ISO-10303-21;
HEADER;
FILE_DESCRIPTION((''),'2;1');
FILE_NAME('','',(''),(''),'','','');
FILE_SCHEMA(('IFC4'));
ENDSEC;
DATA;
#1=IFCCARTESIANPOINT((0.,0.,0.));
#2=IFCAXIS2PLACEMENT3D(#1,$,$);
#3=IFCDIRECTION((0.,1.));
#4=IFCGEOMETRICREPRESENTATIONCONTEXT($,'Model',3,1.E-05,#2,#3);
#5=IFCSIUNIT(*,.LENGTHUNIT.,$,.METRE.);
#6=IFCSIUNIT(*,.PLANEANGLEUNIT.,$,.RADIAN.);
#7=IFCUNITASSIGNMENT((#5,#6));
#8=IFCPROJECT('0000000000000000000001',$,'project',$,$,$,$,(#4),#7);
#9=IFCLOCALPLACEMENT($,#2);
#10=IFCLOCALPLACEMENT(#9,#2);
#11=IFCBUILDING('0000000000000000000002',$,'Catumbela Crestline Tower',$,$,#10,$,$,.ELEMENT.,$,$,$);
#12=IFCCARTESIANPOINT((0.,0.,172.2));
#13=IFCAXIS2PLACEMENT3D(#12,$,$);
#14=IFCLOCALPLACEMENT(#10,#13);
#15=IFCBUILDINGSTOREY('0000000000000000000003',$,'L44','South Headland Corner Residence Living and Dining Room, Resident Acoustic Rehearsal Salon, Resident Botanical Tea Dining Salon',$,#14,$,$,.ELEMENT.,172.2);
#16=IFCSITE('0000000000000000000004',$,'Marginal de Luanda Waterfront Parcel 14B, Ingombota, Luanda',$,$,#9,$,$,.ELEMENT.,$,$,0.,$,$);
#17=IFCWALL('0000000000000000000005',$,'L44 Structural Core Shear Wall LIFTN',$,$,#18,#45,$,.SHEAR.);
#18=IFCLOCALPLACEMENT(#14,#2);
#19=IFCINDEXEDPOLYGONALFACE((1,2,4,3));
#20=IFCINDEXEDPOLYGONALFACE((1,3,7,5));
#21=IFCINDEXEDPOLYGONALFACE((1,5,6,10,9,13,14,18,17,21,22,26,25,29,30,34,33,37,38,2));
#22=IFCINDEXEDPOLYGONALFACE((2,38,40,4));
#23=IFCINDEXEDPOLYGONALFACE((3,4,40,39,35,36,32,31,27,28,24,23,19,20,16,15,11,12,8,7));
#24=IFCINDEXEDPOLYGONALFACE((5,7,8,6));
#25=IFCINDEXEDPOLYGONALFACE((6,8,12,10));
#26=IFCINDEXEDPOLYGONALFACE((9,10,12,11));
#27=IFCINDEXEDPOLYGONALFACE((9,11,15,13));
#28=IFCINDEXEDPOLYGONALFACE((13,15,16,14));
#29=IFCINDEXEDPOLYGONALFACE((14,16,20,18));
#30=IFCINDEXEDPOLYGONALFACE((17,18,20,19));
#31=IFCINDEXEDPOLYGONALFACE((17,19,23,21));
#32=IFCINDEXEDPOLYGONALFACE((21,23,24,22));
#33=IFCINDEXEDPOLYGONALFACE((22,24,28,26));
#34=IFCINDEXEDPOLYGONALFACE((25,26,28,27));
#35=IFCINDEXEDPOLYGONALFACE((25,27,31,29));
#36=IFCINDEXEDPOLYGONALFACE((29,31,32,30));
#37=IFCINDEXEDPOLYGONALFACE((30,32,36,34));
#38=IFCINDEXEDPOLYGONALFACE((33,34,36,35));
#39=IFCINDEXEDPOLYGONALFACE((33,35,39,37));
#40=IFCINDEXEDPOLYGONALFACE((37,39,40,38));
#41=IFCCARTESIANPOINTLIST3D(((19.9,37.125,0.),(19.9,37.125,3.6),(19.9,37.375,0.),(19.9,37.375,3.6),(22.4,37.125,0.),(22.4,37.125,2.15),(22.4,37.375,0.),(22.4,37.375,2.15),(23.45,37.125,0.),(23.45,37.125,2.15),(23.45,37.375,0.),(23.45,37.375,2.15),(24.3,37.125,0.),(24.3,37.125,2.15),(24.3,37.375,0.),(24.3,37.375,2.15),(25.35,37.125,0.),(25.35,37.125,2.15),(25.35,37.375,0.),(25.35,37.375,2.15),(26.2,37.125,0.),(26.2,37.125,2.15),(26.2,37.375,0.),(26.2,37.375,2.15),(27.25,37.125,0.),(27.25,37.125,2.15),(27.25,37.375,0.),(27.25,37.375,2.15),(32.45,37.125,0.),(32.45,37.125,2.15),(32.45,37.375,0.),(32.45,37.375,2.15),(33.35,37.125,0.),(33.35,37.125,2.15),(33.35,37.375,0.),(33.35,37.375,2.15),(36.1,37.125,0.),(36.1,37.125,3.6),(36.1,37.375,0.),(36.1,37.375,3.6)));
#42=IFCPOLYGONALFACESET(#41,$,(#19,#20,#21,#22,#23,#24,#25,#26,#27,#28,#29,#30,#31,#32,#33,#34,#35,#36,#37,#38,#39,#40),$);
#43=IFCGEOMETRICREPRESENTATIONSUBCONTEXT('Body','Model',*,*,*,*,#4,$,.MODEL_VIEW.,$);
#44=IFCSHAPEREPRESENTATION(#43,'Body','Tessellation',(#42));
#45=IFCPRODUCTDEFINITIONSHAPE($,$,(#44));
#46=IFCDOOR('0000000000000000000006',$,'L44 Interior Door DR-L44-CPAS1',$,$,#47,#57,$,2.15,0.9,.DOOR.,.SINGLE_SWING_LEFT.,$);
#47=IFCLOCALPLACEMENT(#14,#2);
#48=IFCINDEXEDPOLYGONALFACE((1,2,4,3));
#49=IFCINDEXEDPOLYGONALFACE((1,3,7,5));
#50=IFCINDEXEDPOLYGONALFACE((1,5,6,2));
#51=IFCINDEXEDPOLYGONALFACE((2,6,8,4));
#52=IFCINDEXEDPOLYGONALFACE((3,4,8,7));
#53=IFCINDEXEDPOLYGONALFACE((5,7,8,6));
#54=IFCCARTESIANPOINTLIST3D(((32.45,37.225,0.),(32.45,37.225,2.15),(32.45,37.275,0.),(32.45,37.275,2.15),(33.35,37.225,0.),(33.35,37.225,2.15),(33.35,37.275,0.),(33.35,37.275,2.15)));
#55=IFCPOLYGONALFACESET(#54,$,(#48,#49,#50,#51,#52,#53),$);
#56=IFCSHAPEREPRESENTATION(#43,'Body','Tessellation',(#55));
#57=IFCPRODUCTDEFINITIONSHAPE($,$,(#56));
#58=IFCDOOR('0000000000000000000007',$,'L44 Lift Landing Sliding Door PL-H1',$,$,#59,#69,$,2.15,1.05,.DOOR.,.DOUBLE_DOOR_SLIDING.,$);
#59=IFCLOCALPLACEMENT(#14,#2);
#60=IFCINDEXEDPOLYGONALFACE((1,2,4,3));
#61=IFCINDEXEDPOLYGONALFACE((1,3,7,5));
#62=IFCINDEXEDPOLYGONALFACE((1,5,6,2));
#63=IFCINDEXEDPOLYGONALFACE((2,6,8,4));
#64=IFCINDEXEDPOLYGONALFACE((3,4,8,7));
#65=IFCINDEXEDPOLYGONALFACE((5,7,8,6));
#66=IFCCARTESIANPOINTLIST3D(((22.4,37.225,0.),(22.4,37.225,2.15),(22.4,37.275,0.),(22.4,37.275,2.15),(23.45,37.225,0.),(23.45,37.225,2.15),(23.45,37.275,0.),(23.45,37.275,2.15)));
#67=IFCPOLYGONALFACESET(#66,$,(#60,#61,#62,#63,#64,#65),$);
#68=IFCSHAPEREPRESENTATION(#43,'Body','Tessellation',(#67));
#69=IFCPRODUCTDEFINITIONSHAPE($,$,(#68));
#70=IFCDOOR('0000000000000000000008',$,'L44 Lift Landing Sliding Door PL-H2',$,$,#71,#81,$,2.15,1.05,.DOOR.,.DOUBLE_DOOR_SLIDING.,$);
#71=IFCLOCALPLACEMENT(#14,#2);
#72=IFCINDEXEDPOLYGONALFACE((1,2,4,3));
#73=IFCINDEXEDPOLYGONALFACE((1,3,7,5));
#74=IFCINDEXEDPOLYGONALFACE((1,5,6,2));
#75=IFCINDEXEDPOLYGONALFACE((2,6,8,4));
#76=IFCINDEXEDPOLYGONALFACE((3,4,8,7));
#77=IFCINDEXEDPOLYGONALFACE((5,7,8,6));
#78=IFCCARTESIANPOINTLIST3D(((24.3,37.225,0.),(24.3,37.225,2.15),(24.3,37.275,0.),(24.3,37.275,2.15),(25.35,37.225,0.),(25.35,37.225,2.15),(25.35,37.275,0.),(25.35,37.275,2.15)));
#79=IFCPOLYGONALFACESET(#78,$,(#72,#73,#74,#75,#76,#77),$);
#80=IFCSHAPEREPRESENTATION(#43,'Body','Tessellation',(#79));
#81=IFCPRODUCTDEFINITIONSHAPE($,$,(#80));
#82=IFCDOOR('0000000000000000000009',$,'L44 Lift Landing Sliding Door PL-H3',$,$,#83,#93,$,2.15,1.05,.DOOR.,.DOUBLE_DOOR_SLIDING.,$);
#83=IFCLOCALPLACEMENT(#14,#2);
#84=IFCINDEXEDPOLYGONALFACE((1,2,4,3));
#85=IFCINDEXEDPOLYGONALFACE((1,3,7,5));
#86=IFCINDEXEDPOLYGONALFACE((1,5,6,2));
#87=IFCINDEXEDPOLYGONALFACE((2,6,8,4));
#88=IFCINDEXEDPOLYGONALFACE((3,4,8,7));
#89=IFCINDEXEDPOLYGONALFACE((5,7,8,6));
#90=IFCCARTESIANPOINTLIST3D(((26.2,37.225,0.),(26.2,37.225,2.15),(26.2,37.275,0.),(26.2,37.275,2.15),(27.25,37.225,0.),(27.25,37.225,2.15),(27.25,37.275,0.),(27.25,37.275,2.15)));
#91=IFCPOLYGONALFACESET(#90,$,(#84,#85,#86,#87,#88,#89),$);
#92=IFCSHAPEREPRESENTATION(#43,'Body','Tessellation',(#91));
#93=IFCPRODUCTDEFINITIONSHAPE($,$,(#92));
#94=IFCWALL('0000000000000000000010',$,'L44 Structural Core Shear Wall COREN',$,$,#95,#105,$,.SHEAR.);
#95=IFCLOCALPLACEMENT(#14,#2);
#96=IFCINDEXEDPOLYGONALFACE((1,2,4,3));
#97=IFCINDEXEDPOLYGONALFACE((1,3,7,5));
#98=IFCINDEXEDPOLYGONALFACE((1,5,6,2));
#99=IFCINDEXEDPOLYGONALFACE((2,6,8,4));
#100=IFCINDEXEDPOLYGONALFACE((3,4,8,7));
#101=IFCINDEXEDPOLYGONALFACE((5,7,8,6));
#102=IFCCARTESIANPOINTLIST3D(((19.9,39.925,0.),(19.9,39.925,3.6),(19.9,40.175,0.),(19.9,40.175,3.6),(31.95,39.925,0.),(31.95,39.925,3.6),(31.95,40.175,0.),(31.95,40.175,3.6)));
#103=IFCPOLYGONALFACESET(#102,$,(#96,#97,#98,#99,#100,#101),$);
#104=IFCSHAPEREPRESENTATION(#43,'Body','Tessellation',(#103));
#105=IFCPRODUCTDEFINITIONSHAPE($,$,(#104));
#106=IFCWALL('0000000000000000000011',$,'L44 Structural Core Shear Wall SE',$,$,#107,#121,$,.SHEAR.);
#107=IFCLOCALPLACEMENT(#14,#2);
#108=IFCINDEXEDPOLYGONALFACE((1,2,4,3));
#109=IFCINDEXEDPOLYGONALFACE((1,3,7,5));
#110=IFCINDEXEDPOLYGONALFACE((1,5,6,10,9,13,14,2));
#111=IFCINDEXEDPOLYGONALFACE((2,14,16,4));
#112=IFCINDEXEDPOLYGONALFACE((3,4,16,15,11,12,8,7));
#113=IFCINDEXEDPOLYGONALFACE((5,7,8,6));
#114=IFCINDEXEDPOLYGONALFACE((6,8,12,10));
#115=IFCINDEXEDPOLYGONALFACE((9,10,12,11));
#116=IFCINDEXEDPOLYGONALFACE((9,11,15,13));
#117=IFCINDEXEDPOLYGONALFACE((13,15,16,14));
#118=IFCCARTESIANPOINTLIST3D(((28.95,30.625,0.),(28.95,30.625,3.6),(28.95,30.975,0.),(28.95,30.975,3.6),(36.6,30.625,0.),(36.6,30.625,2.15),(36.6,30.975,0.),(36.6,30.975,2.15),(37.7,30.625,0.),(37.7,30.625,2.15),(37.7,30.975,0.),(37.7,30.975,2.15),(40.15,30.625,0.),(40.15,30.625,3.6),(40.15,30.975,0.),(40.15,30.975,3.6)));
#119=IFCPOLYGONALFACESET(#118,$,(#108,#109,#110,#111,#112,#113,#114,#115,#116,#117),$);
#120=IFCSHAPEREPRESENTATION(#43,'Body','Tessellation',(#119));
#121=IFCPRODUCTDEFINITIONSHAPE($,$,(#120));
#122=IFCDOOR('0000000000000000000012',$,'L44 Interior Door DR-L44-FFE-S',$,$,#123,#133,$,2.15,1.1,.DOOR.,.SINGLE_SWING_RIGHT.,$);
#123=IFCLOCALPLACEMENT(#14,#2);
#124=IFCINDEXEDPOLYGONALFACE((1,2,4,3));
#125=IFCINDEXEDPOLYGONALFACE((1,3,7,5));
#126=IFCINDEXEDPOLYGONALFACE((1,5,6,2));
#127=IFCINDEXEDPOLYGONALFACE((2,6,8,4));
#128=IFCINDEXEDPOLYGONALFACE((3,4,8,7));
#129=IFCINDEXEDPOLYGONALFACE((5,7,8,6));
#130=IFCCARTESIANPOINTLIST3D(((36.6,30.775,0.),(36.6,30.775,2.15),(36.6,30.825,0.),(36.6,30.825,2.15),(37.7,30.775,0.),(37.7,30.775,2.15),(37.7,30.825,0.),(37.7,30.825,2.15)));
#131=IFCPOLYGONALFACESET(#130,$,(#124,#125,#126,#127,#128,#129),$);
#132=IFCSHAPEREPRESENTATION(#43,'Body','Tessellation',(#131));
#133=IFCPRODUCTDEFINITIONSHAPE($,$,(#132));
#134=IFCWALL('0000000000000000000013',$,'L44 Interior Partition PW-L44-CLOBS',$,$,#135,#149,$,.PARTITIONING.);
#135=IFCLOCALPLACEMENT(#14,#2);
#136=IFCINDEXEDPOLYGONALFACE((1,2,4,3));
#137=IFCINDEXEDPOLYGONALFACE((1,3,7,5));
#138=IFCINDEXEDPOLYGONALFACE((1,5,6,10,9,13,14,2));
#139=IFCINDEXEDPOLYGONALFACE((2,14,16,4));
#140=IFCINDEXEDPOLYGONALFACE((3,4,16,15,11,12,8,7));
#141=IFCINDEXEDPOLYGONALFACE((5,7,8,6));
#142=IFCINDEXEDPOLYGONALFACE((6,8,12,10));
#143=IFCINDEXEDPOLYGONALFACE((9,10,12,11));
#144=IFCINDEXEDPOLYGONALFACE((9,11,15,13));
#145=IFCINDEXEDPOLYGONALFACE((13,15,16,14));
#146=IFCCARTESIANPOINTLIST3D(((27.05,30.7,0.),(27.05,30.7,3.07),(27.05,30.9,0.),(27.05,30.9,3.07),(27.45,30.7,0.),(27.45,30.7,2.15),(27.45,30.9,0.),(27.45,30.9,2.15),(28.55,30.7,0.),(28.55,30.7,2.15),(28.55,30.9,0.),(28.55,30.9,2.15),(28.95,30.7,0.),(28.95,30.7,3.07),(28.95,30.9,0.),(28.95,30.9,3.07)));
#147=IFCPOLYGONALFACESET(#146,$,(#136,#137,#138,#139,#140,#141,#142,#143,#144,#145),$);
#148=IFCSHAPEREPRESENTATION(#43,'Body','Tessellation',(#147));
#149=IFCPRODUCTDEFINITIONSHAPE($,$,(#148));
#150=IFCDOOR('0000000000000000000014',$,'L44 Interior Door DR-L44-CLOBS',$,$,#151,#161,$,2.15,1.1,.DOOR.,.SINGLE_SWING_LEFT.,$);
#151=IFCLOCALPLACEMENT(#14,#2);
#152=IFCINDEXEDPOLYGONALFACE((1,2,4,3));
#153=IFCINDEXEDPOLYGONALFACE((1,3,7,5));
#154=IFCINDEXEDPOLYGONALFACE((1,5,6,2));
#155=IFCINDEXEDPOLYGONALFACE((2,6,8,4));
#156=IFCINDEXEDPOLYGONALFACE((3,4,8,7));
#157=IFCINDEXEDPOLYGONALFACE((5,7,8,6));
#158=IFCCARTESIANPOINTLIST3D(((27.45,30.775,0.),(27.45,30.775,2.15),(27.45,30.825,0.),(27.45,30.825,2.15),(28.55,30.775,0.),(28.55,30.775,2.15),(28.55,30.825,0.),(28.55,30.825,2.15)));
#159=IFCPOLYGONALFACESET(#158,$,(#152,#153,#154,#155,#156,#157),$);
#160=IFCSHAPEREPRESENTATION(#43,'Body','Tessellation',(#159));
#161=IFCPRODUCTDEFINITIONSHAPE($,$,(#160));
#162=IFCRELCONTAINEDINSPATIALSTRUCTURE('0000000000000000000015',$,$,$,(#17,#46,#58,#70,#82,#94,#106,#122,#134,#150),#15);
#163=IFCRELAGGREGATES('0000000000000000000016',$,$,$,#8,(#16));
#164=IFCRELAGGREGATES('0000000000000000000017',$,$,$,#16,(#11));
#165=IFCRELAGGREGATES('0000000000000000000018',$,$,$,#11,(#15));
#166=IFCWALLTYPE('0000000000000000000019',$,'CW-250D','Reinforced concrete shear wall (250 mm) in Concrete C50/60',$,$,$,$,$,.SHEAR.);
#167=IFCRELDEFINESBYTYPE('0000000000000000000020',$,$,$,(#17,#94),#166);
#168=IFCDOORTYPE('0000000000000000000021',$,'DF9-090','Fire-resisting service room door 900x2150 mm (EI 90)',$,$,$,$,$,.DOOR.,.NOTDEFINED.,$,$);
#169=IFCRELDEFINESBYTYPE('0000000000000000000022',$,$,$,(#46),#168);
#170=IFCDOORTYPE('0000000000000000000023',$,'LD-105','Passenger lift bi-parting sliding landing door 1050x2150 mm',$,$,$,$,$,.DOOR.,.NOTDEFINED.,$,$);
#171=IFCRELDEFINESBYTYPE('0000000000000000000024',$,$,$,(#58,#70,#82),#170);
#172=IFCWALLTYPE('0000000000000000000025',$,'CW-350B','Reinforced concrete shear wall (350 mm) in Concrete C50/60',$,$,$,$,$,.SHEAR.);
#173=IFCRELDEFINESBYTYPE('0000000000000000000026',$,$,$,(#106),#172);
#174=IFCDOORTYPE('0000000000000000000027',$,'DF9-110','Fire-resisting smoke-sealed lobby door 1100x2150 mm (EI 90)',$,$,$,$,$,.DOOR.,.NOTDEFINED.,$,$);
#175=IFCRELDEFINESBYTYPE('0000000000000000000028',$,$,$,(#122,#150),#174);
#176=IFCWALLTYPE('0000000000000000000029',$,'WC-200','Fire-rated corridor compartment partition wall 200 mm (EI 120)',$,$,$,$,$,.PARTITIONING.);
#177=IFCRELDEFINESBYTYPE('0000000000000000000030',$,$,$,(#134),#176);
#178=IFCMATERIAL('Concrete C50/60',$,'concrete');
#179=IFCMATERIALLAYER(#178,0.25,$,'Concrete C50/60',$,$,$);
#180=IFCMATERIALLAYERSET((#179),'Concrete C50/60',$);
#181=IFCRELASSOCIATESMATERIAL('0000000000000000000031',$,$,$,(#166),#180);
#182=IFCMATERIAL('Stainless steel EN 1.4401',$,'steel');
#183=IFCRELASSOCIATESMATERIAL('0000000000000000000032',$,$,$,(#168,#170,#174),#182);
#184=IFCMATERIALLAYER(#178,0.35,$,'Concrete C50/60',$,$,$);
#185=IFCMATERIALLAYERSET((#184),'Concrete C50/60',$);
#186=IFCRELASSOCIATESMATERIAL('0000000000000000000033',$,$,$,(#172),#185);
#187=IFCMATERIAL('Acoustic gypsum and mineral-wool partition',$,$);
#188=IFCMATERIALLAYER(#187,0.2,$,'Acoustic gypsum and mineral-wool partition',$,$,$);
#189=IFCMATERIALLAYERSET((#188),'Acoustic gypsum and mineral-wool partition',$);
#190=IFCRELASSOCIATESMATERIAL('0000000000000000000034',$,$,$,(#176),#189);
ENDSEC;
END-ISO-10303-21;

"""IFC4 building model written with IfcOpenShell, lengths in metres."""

from ifc_helpers import new_model, si_unit, direction, frame, frame_2d, origin, place, context, subcontext, project, spatial, rectangle, extrude, material, layer, layer_set, type_object, element, fill, save


model = new_model("IFC4")

# Units and contexts
model_context = context("Model", 3, precision=1e-05, world=origin(), true_north=direction((0.0, 1.0)))
body_context = subcontext(model_context, "Body", "Model", "MODEL_VIEW")
ifc_project = project(units=[si_unit("LENGTHUNIT", "METRE"), si_unit("PLANEANGLEUNIT", "RADIAN")], contexts=[model_context])

# Site, building, storey
site_placement = place(None, origin())
site = spatial("IfcSite", under=ifc_project, at=site_placement, Name="Marginal de Luanda Waterfront Parcel 14B, Ingombota, Luanda", CompositionType="ELEMENT", RefElevation=0.0)
building_placement = place(site_placement, origin())
building = spatial("IfcBuilding", under=site, at=building_placement, Name="Catumbela Crestline Tower", CompositionType="ELEMENT")
storey_placement = place(building_placement, frame((0.0, 0.0, 172.2)))
storey = spatial("IfcBuildingStorey", under=building, at=storey_placement, Name="L44", Description="South Headland Corner Residence Living and Dining Room, Resident Acoustic Rehearsal Salon, Resident Botanical Tea Dining Salon", CompositionType="ELEMENT", Elevation=172.2)

# Shared definitions
ifc_material_1 = material(Name="Concrete C50/60", Category="concrete")
ifc_layer_1 = layer(ifc_material_1, 0.25, Name="Concrete C50/60")
ifc_layer_set_1 = layer_set([ifc_layer_1], Name="Concrete C50/60")
wall_type_1 = type_object("IfcWallType", Name="CW-250D", Description="Reinforced concrete shear wall (250 mm) in Concrete C50/60", PredefinedType="SHEAR", material=ifc_layer_set_1)

# Shared definitions
ifc_material_2 = material(Name="Stainless steel EN 1.4401", Category="steel")

# Wall, openings, doors
wall_1_placement = place(storey_placement, frame((19.9, 37.25, 0.0), z_axis=(0.0, 0.0, 1.0), x_axis=(1.0, 0.0, 0.0)))
wall_1 = element("IfcWall", 1, at=wall_1_placement, inside=storey, type_object=wall_type_1, Name="L44 Structural Core Shear Wall LIFTN", PredefinedType="SHEAR", context=body_context, shape_type="SweptSolid", body=[
    extrude(rectangle(XDim=16.2, YDim=0.25, at=frame_2d((8.1, 0.0))), origin(), (0.0, 0.0, 1.0), 3.6),
])
opening_1_placement = place(wall_1_placement, frame((12.55, 0.0, 0.0)))
opening_1 = element("IfcOpeningElement", 2, at=opening_1_placement, cuts=wall_1, PredefinedType="OPENING", context=body_context, shape_type="SweptSolid", body=[
    extrude(rectangle(XDim=0.9, YDim=2.15, at=frame_2d((0.45, 1.075))), frame((0.0, 0.135, 0.0), z_axis=(0.0, -1.0, 0.0), x_axis=(1.0, 0.0, 0.0)), (0.0, 0.0, 1.0), 0.27),
])
opening_2_placement = place(wall_1_placement, frame((2.5, 0.0, 0.0)))
opening_2 = element("IfcOpeningElement", 3, at=opening_2_placement, cuts=wall_1, PredefinedType="OPENING", context=body_context, shape_type="SweptSolid", body=[
    extrude(rectangle(XDim=1.05, YDim=2.15, at=frame_2d((0.525, 1.075))), frame((0.0, 0.135, 0.0), z_axis=(0.0, -1.0, 0.0), x_axis=(1.0, 0.0, 0.0)), (0.0, 0.0, 1.0), 0.27),
])
opening_3_placement = place(wall_1_placement, frame((4.4, 0.0, 0.0)))
opening_3 = element("IfcOpeningElement", 4, at=opening_3_placement, cuts=wall_1, PredefinedType="OPENING", context=body_context, shape_type="SweptSolid", body=[
    extrude(rectangle(XDim=1.05, YDim=2.15, at=frame_2d((0.525, 1.075))), frame((0.0, 0.135, 0.0), z_axis=(0.0, -1.0, 0.0), x_axis=(1.0, 0.0, 0.0)), (0.0, 0.0, 1.0), 0.27),
])
opening_4_placement = place(wall_1_placement, frame((6.3, 0.0, 0.0)))
opening_4 = element("IfcOpeningElement", 5, at=opening_4_placement, cuts=wall_1, PredefinedType="OPENING", context=body_context, shape_type="SweptSolid", body=[
    extrude(rectangle(XDim=1.05, YDim=2.15, at=frame_2d((0.525, 1.075))), frame((0.0, 0.135, 0.0), z_axis=(0.0, -1.0, 0.0), x_axis=(1.0, 0.0, 0.0)), (0.0, 0.0, 1.0), 0.27),
])
door_type_1 = type_object("IfcDoorType", Name="DF9-090", Description="Fire-resisting service room door 900x2150 mm (EI 90)", OperationType="NOTDEFINED", PredefinedType="DOOR", material=ifc_material_2)
door_1_placement = place(opening_1_placement, origin())
door_1 = element("IfcDoor", 6, at=door_1_placement, inside=storey, type_object=door_type_1, Name="L44 Interior Door DR-L44-CPAS1", OperationType="SINGLE_SWING_LEFT", OverallHeight=2.15, OverallWidth=0.9, PredefinedType="DOOR", context=body_context, shape_type="SweptSolid", body=[
    extrude(rectangle(XDim=0.9, YDim=2.15, at=frame_2d((0.45, 1.075))), frame((0.0, 0.025, 0.0), z_axis=(0.0, -1.0, 0.0), x_axis=(1.0, 0.0, 0.0)), (0.0, 0.0, 1.0), 0.05),
])
fill(opening_1, door_1)
door_type_2 = type_object("IfcDoorType", Name="LD-105", Description="Passenger lift bi-parting sliding landing door 1050x2150 mm", OperationType="NOTDEFINED", PredefinedType="DOOR", material=ifc_material_2)
door_2_placement = place(opening_2_placement, origin())
door_2 = element("IfcDoor", 7, at=door_2_placement, inside=storey, type_object=door_type_2, Name="L44 Lift Landing Sliding Door PL-H1", OperationType="DOUBLE_DOOR_SLIDING", OverallHeight=2.15, OverallWidth=1.05, PredefinedType="DOOR", context=body_context, shape_type="SweptSolid", body=[
    extrude(rectangle(XDim=1.05, YDim=2.15, at=frame_2d((0.525, 1.075))), frame((0.0, 0.025, 0.0), z_axis=(0.0, -1.0, 0.0), x_axis=(1.0, 0.0, 0.0)), (0.0, 0.0, 1.0), 0.05),
])
fill(opening_2, door_2)
door_3_placement = place(opening_3_placement, origin())
door_3 = element("IfcDoor", 8, at=door_3_placement, inside=storey, type_object=door_type_2, Name="L44 Lift Landing Sliding Door PL-H2", OperationType="DOUBLE_DOOR_SLIDING", OverallHeight=2.15, OverallWidth=1.05, PredefinedType="DOOR", context=body_context, shape_type="SweptSolid", body=[
    extrude(rectangle(XDim=1.05, YDim=2.15, at=frame_2d((0.525, 1.075))), frame((0.0, 0.025, 0.0), z_axis=(0.0, -1.0, 0.0), x_axis=(1.0, 0.0, 0.0)), (0.0, 0.0, 1.0), 0.05),
])
fill(opening_3, door_3)
door_4_placement = place(opening_4_placement, origin())
door_4 = element("IfcDoor", 9, at=door_4_placement, inside=storey, type_object=door_type_2, Name="L44 Lift Landing Sliding Door PL-H3", OperationType="DOUBLE_DOOR_SLIDING", OverallHeight=2.15, OverallWidth=1.05, PredefinedType="DOOR", context=body_context, shape_type="SweptSolid", body=[
    extrude(rectangle(XDim=1.05, YDim=2.15, at=frame_2d((0.525, 1.075))), frame((0.0, 0.025, 0.0), z_axis=(0.0, -1.0, 0.0), x_axis=(1.0, 0.0, 0.0)), (0.0, 0.0, 1.0), 0.05),
])
fill(opening_4, door_4)

# Wall
wall_2_placement = place(storey_placement, frame((19.9, 40.05, 0.0), z_axis=(0.0, 0.0, 1.0), x_axis=(1.0, 0.0, 0.0)))
element("IfcWall", 10, at=wall_2_placement, inside=storey, type_object=wall_type_1, Name="L44 Structural Core Shear Wall COREN", PredefinedType="SHEAR", context=body_context, shape_type="SweptSolid", body=[
    extrude(rectangle(XDim=12.05, YDim=0.25, at=frame_2d((6.025, 0.0))), origin(), (0.0, 0.0, 1.0), 3.6),
])

# Walls, openings, doors
ifc_layer_2 = layer(ifc_material_1, 0.35, Name="Concrete C50/60")
ifc_layer_set_2 = layer_set([ifc_layer_2], Name="Concrete C50/60")
wall_type_2 = type_object("IfcWallType", Name="CW-350B", Description="Reinforced concrete shear wall (350 mm) in Concrete C50/60", PredefinedType="SHEAR", material=ifc_layer_set_2)
wall_3_placement = place(storey_placement, frame((28.95, 30.8, 0.0), z_axis=(0.0, 0.0, 1.0), x_axis=(1.0, 0.0, 0.0)))
wall_3 = element("IfcWall", 11, at=wall_3_placement, inside=storey, type_object=wall_type_2, Name="L44 Structural Core Shear Wall SE", PredefinedType="SHEAR", context=body_context, shape_type="SweptSolid", body=[
    extrude(rectangle(XDim=11.2, YDim=0.35, at=frame_2d((5.6, 0.0))), origin(), (0.0, 0.0, 1.0), 3.6),
])
opening_5_placement = place(wall_3_placement, frame((7.65, 0.0, 0.0)))
opening_5 = element("IfcOpeningElement", 12, at=opening_5_placement, cuts=wall_3, PredefinedType="OPENING", context=body_context, shape_type="SweptSolid", body=[
    extrude(rectangle(XDim=1.1, YDim=2.15, at=frame_2d((0.55, 1.075))), frame((0.0, 0.185, 0.0), z_axis=(0.0, -1.0, 0.0), x_axis=(1.0, 0.0, 0.0)), (0.0, 0.0, 1.0), 0.37),
])
door_type_3 = type_object("IfcDoorType", Name="DF9-110", Description="Fire-resisting smoke-sealed lobby door 1100x2150 mm (EI 90)", OperationType="NOTDEFINED", PredefinedType="DOOR", material=ifc_material_2)
door_5_placement = place(opening_5_placement, origin())
door_5 = element("IfcDoor", 13, at=door_5_placement, inside=storey, type_object=door_type_3, Name="L44 Interior Door DR-L44-FFE-S", OperationType="SINGLE_SWING_RIGHT", OverallHeight=2.15, OverallWidth=1.1, PredefinedType="DOOR", context=body_context, shape_type="SweptSolid", body=[
    extrude(rectangle(XDim=1.1, YDim=2.15, at=frame_2d((0.55, 1.075))), frame((0.0, 0.025, 0.0), z_axis=(0.0, -1.0, 0.0), x_axis=(1.0, 0.0, 0.0)), (0.0, 0.0, 1.0), 0.05),
])
fill(opening_5, door_5)
ifc_material_3 = material(Name="Acoustic gypsum and mineral-wool partition")
ifc_layer_3 = layer(ifc_material_3, 0.2, Name="Acoustic gypsum and mineral-wool partition")
ifc_layer_set_3 = layer_set([ifc_layer_3], Name="Acoustic gypsum and mineral-wool partition")
wall_type_3 = type_object("IfcWallType", Name="WC-200", Description="Fire-rated corridor compartment partition wall 200 mm (EI 120)", PredefinedType="PARTITIONING", material=ifc_layer_set_3)
wall_4_placement = place(storey_placement, frame((27.05, 30.8, 0.0), z_axis=(0.0, 0.0, 1.0), x_axis=(1.0, 0.0, 0.0)))
wall_4 = element("IfcWall", 14, at=wall_4_placement, inside=storey, type_object=wall_type_3, Name="L44 Interior Partition PW-L44-CLOBS", PredefinedType="PARTITIONING", context=body_context, shape_type="SweptSolid", body=[
    extrude(rectangle(XDim=1.9, YDim=0.2, at=frame_2d((0.95, 0.0))), origin(), (0.0, 0.0, 1.0), 3.07),
])
opening_6_placement = place(wall_4_placement, frame((0.4, 0.0, 0.0)))
opening_6 = element("IfcOpeningElement", 15, at=opening_6_placement, cuts=wall_4, PredefinedType="OPENING", context=body_context, shape_type="SweptSolid", body=[
    extrude(rectangle(XDim=1.1, YDim=2.15, at=frame_2d((0.55, 1.075))), frame((0.0, 0.11, 0.0), z_axis=(0.0, -1.0, 0.0), x_axis=(1.0, 0.0, 0.0)), (0.0, 0.0, 1.0), 0.22),
])
door_6_placement = place(opening_6_placement, origin())
door_6 = element("IfcDoor", 16, at=door_6_placement, inside=storey, type_object=door_type_3, Name="L44 Interior Door DR-L44-CLOBS", OperationType="SINGLE_SWING_LEFT", OverallHeight=2.15, OverallWidth=1.1, PredefinedType="DOOR", context=body_context, shape_type="SweptSolid", body=[
    extrude(rectangle(XDim=1.1, YDim=2.15, at=frame_2d((0.55, 1.075))), frame((0.0, 0.025, 0.0), z_axis=(0.0, -1.0, 0.0), x_axis=(1.0, 0.0, 0.0)), (0.0, 0.0, 1.0), 0.05),
])
fill(opening_6, door_6)

save(model, "model.ifc")
